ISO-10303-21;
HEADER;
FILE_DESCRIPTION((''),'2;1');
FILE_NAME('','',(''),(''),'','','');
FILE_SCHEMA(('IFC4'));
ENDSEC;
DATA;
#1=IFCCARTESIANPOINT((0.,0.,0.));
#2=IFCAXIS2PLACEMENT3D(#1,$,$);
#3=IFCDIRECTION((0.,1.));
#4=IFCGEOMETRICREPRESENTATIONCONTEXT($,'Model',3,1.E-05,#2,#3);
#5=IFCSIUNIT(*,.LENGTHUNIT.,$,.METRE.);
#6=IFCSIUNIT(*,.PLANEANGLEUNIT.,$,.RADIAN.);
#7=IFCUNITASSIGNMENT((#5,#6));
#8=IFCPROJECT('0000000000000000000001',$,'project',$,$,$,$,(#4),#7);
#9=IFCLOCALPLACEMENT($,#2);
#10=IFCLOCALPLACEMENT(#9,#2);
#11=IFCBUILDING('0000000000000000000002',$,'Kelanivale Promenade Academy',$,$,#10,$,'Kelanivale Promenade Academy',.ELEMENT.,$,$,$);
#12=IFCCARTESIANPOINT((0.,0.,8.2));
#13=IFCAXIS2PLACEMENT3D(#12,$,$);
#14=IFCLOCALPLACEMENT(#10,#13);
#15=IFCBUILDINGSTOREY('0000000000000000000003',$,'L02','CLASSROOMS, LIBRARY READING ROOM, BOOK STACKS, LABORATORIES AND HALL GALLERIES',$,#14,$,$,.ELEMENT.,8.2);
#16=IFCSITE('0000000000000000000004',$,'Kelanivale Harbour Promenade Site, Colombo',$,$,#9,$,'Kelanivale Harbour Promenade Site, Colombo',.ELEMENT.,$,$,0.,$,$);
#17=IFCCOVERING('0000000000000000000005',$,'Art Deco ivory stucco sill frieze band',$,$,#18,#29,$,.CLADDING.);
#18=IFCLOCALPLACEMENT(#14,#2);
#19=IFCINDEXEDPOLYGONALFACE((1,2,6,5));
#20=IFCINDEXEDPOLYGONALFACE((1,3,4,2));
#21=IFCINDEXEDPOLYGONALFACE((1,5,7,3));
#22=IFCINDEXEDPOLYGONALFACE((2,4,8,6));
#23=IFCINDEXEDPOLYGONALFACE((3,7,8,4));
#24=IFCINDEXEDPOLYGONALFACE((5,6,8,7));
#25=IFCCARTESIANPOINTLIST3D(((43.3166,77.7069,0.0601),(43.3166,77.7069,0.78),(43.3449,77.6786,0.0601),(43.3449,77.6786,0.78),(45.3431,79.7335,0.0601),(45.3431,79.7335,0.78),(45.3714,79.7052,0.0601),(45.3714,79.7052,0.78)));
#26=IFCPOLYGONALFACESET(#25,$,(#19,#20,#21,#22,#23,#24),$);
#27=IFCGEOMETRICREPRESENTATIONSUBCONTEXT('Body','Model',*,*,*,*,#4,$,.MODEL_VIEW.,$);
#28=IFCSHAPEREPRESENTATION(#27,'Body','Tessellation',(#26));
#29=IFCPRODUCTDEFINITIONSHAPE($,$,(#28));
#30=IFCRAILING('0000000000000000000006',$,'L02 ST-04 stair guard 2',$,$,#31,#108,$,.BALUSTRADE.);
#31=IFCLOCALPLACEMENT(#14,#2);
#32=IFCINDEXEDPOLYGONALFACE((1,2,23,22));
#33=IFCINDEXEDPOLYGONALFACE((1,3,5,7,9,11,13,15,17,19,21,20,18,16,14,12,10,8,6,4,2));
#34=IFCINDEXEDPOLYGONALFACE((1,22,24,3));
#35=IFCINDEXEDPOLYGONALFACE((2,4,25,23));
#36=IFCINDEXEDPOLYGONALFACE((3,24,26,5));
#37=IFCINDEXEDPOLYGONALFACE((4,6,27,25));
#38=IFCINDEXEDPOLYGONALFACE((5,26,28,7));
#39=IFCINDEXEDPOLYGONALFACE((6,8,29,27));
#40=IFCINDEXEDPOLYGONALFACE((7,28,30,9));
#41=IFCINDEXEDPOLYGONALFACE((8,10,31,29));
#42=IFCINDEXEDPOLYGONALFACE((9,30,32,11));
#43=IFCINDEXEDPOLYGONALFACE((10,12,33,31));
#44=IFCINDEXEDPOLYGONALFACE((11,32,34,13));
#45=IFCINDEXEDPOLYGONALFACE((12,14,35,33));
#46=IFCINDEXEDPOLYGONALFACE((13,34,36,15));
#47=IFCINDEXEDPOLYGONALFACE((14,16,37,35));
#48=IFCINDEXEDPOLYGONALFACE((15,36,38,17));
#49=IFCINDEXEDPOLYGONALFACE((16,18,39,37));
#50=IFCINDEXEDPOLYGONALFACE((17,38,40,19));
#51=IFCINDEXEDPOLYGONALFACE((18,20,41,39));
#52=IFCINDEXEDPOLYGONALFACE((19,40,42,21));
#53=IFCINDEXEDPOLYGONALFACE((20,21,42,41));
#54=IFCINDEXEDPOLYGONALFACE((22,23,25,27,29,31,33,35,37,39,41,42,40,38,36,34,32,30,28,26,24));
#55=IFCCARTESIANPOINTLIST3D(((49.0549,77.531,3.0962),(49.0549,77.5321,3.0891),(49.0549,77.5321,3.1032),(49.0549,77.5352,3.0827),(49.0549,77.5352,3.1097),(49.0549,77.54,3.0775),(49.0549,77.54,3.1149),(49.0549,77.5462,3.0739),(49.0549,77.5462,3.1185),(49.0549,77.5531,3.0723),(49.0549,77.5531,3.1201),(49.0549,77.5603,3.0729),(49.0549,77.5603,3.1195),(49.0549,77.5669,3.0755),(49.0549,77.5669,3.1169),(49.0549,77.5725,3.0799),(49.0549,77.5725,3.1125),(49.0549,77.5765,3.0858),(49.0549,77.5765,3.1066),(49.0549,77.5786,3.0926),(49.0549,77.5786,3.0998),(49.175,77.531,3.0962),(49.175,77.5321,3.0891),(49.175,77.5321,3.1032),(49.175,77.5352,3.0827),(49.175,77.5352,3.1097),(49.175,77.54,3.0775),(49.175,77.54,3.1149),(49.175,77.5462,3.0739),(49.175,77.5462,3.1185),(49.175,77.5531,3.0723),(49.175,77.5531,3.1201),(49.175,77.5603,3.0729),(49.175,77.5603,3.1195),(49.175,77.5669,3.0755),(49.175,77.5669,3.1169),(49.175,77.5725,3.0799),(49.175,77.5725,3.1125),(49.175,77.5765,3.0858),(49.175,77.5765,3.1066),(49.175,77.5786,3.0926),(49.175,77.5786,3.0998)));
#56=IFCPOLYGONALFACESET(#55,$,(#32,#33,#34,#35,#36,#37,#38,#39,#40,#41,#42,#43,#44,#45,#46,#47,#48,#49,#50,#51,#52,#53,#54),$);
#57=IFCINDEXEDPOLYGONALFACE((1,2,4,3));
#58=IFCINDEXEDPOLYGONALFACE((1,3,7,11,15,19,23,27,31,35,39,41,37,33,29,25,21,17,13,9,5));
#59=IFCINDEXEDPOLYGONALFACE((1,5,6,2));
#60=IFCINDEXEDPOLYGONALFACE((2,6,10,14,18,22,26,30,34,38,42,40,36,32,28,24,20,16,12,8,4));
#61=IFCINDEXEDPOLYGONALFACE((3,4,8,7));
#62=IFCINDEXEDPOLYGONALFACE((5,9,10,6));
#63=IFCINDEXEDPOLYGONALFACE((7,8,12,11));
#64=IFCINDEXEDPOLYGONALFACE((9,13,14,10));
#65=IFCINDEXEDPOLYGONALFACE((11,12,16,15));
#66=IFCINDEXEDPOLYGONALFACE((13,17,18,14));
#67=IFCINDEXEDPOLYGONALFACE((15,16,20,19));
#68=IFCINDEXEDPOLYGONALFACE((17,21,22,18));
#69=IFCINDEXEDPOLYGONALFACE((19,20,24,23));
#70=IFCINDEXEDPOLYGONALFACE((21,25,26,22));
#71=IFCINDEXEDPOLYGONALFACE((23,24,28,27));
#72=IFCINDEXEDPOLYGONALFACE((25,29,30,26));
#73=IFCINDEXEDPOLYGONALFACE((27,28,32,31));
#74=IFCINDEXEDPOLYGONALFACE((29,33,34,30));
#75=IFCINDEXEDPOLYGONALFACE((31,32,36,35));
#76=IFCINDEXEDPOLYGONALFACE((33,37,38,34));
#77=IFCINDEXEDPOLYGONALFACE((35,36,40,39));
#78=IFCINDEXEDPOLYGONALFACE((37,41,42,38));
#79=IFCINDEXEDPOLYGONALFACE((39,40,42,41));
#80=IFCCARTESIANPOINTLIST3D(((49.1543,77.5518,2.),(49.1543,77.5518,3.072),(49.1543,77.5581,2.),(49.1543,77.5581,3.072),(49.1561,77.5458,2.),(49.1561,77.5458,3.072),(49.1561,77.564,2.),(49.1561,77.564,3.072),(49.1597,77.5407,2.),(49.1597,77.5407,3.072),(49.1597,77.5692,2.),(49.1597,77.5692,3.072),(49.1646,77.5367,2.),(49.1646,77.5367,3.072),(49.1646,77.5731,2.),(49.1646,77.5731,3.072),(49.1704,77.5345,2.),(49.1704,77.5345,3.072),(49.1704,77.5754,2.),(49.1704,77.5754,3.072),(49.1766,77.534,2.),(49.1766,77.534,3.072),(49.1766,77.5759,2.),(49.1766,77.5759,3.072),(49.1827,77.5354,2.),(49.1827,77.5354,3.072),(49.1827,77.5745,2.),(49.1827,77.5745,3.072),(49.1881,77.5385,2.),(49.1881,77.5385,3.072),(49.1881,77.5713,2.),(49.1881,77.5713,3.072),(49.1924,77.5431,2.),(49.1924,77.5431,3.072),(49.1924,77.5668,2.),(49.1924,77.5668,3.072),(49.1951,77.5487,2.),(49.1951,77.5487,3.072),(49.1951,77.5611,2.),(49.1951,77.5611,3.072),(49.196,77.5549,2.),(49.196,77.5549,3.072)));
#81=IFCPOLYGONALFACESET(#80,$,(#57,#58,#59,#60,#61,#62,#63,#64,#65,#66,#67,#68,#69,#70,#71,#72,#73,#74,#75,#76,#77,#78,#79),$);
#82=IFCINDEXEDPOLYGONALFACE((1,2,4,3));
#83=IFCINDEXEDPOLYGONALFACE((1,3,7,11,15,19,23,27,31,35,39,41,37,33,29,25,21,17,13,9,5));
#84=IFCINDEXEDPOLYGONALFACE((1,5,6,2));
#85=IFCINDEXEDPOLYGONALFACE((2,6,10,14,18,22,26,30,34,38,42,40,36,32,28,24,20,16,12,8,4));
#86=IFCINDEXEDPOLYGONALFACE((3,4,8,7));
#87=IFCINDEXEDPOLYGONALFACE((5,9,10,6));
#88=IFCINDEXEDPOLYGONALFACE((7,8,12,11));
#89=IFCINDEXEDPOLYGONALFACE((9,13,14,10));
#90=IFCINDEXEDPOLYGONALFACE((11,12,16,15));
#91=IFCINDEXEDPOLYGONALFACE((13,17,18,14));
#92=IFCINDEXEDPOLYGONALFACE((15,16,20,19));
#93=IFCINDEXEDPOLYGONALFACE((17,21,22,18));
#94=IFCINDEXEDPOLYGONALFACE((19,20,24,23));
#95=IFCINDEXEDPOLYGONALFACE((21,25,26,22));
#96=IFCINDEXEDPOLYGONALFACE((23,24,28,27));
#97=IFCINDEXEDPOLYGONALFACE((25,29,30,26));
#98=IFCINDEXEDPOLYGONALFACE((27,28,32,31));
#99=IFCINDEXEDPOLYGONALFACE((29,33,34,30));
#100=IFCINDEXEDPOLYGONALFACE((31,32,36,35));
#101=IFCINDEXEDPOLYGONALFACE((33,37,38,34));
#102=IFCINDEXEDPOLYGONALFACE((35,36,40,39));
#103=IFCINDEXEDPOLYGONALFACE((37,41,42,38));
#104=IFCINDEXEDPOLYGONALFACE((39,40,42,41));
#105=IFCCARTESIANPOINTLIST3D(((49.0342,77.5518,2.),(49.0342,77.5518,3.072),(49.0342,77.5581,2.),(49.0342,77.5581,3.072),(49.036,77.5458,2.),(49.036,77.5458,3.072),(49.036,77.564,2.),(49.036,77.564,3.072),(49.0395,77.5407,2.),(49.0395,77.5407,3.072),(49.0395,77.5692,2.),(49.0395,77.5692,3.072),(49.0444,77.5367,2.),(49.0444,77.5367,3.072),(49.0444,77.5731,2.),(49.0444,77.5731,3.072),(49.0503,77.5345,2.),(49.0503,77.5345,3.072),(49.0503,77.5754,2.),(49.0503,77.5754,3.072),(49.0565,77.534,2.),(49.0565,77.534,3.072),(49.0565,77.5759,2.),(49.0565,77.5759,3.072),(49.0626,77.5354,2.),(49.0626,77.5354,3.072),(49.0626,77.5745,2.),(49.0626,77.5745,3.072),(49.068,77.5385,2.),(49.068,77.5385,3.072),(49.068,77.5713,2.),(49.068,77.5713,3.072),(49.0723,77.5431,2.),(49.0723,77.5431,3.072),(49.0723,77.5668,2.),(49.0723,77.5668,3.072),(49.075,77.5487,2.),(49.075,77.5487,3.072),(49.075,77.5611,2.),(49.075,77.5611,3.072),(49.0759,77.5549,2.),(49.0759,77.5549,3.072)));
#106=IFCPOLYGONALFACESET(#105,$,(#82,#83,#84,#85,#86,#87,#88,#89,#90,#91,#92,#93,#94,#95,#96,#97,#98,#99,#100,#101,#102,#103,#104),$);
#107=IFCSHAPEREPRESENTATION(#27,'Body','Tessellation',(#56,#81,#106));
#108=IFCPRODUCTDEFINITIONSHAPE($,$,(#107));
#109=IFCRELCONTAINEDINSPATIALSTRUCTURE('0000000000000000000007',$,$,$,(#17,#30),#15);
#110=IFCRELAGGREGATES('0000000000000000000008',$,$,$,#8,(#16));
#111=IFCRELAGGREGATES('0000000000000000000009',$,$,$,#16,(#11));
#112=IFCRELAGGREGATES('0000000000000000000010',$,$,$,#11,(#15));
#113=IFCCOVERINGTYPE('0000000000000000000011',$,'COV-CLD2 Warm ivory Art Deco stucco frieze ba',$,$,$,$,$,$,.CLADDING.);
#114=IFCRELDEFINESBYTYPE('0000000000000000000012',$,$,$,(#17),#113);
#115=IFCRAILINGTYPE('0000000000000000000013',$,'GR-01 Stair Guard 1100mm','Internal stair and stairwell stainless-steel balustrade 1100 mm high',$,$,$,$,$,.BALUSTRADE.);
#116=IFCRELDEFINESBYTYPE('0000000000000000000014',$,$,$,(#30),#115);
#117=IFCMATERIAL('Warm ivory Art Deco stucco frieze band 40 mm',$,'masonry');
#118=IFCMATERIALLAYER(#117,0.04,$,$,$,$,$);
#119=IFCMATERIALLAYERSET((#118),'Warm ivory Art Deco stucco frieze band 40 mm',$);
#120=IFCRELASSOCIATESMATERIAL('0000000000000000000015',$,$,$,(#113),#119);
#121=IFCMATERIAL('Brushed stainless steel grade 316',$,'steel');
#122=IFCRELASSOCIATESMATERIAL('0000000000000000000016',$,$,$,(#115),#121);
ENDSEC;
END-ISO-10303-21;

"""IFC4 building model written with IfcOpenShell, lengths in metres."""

from ifc_helpers import new_model, si_unit, direction, frame, origin, origin_2d, place, context, subcontext, project, spatial, rectangle, circle, extrude, material, layer, layer_set, type_object, element, save


model = new_model("IFC4")

# Units and contexts
model_context = context("Model", 3, precision=1e-05, world=origin(), true_north=direction((0.0, 1.0)))
body_context = subcontext(model_context, "Body", "Model", "MODEL_VIEW")
ifc_project = project(units=[si_unit("LENGTHUNIT", "METRE"), si_unit("PLANEANGLEUNIT", "RADIAN")], contexts=[model_context])

# Site, building, storey
site_placement = place(None, origin())
site = spatial("IfcSite", under=ifc_project, at=site_placement, Name="Kelanivale Harbour Promenade Site, Colombo", LongName="Kelanivale Harbour Promenade Site, Colombo", CompositionType="ELEMENT", RefElevation=0.0)
building_placement = place(site_placement, origin())
building = spatial("IfcBuilding", under=site, at=building_placement, Name="Kelanivale Promenade Academy", LongName="Kelanivale Promenade Academy", CompositionType="ELEMENT")
storey_placement = place(building_placement, frame((0.0, 0.0, 8.2)))
storey = spatial("IfcBuildingStorey", under=building, at=storey_placement, Name="L02", Description="CLASSROOMS, LIBRARY READING ROOM, BOOK STACKS, LABORATORIES AND HALL GALLERIES", CompositionType="ELEMENT", Elevation=8.2)

# Covering
ifc_material_1 = material(Name="Warm ivory Art Deco stucco frieze band 40 mm", Category="masonry")
ifc_layer_1 = layer(ifc_material_1, 0.04)
ifc_layer_set_1 = layer_set([ifc_layer_1], Name="Warm ivory Art Deco stucco frieze band 40 mm")
covering_type = type_object("IfcCoveringType", Name="COV-CLD2 Warm ivory Art Deco stucco frieze ba", PredefinedType="CLADDING", material=ifc_layer_set_1)
covering_1_placement = place(storey_placement, frame((44.344, 78.7061, 0.0601), z_axis=(0.0, 0.0, 1.0), x_axis=(-0.707107, -0.707107, 0.0)))
element("IfcCovering", 1, at=covering_1_placement, inside=storey, type_object=covering_type, Name="Art Deco ivory stucco sill frieze band", PredefinedType="CLADDING", context=body_context, shape_type="SweptSolid", body=[
    extrude(rectangle(XDim=2.866, YDim=0.04, at=origin_2d()), origin(), (0.0, 0.0, 1.0), 0.72),
])

# Railing
ifc_material_2 = material(Name="Brushed stainless steel grade 316", Category="steel")
railing_type_1 = type_object("IfcRailingType", Name="GR-01 Stair Guard 1100mm", Description="Internal stair and stairwell stainless-steel balustrade 1100 mm high", PredefinedType="BALUSTRADE", material=ifc_material_2)
railing_1_placement = place(storey_placement, frame((49.175, 77.5549, 2.0)))
element("IfcRailing", 2, at=railing_1_placement, inside=storey, type_object=railing_type_1, Name="L02 ST-04 stair guard 2", PredefinedType="BALUSTRADE", context=body_context, shape_type="SweptSolid", body=[
    extrude(circle(Radius=0.0239, at=origin_2d()), frame((0.0, 0.0, 1.0962), z_axis=(-1.0, 0.0, 0.0), x_axis=(0.0, -1.0, 0.0)), (0.0, 0.0, 1.0), 0.1201),
    extrude(circle(Radius=0.021, at=origin_2d()), origin(), (0.0, 0.0, 1.0), 1.072),
    extrude(circle(Radius=0.021, at=origin_2d()), frame((-0.1201, 0.0, 0.0)), (0.0, 0.0, 1.0), 1.072),
])

save(model, "model.ifc")
